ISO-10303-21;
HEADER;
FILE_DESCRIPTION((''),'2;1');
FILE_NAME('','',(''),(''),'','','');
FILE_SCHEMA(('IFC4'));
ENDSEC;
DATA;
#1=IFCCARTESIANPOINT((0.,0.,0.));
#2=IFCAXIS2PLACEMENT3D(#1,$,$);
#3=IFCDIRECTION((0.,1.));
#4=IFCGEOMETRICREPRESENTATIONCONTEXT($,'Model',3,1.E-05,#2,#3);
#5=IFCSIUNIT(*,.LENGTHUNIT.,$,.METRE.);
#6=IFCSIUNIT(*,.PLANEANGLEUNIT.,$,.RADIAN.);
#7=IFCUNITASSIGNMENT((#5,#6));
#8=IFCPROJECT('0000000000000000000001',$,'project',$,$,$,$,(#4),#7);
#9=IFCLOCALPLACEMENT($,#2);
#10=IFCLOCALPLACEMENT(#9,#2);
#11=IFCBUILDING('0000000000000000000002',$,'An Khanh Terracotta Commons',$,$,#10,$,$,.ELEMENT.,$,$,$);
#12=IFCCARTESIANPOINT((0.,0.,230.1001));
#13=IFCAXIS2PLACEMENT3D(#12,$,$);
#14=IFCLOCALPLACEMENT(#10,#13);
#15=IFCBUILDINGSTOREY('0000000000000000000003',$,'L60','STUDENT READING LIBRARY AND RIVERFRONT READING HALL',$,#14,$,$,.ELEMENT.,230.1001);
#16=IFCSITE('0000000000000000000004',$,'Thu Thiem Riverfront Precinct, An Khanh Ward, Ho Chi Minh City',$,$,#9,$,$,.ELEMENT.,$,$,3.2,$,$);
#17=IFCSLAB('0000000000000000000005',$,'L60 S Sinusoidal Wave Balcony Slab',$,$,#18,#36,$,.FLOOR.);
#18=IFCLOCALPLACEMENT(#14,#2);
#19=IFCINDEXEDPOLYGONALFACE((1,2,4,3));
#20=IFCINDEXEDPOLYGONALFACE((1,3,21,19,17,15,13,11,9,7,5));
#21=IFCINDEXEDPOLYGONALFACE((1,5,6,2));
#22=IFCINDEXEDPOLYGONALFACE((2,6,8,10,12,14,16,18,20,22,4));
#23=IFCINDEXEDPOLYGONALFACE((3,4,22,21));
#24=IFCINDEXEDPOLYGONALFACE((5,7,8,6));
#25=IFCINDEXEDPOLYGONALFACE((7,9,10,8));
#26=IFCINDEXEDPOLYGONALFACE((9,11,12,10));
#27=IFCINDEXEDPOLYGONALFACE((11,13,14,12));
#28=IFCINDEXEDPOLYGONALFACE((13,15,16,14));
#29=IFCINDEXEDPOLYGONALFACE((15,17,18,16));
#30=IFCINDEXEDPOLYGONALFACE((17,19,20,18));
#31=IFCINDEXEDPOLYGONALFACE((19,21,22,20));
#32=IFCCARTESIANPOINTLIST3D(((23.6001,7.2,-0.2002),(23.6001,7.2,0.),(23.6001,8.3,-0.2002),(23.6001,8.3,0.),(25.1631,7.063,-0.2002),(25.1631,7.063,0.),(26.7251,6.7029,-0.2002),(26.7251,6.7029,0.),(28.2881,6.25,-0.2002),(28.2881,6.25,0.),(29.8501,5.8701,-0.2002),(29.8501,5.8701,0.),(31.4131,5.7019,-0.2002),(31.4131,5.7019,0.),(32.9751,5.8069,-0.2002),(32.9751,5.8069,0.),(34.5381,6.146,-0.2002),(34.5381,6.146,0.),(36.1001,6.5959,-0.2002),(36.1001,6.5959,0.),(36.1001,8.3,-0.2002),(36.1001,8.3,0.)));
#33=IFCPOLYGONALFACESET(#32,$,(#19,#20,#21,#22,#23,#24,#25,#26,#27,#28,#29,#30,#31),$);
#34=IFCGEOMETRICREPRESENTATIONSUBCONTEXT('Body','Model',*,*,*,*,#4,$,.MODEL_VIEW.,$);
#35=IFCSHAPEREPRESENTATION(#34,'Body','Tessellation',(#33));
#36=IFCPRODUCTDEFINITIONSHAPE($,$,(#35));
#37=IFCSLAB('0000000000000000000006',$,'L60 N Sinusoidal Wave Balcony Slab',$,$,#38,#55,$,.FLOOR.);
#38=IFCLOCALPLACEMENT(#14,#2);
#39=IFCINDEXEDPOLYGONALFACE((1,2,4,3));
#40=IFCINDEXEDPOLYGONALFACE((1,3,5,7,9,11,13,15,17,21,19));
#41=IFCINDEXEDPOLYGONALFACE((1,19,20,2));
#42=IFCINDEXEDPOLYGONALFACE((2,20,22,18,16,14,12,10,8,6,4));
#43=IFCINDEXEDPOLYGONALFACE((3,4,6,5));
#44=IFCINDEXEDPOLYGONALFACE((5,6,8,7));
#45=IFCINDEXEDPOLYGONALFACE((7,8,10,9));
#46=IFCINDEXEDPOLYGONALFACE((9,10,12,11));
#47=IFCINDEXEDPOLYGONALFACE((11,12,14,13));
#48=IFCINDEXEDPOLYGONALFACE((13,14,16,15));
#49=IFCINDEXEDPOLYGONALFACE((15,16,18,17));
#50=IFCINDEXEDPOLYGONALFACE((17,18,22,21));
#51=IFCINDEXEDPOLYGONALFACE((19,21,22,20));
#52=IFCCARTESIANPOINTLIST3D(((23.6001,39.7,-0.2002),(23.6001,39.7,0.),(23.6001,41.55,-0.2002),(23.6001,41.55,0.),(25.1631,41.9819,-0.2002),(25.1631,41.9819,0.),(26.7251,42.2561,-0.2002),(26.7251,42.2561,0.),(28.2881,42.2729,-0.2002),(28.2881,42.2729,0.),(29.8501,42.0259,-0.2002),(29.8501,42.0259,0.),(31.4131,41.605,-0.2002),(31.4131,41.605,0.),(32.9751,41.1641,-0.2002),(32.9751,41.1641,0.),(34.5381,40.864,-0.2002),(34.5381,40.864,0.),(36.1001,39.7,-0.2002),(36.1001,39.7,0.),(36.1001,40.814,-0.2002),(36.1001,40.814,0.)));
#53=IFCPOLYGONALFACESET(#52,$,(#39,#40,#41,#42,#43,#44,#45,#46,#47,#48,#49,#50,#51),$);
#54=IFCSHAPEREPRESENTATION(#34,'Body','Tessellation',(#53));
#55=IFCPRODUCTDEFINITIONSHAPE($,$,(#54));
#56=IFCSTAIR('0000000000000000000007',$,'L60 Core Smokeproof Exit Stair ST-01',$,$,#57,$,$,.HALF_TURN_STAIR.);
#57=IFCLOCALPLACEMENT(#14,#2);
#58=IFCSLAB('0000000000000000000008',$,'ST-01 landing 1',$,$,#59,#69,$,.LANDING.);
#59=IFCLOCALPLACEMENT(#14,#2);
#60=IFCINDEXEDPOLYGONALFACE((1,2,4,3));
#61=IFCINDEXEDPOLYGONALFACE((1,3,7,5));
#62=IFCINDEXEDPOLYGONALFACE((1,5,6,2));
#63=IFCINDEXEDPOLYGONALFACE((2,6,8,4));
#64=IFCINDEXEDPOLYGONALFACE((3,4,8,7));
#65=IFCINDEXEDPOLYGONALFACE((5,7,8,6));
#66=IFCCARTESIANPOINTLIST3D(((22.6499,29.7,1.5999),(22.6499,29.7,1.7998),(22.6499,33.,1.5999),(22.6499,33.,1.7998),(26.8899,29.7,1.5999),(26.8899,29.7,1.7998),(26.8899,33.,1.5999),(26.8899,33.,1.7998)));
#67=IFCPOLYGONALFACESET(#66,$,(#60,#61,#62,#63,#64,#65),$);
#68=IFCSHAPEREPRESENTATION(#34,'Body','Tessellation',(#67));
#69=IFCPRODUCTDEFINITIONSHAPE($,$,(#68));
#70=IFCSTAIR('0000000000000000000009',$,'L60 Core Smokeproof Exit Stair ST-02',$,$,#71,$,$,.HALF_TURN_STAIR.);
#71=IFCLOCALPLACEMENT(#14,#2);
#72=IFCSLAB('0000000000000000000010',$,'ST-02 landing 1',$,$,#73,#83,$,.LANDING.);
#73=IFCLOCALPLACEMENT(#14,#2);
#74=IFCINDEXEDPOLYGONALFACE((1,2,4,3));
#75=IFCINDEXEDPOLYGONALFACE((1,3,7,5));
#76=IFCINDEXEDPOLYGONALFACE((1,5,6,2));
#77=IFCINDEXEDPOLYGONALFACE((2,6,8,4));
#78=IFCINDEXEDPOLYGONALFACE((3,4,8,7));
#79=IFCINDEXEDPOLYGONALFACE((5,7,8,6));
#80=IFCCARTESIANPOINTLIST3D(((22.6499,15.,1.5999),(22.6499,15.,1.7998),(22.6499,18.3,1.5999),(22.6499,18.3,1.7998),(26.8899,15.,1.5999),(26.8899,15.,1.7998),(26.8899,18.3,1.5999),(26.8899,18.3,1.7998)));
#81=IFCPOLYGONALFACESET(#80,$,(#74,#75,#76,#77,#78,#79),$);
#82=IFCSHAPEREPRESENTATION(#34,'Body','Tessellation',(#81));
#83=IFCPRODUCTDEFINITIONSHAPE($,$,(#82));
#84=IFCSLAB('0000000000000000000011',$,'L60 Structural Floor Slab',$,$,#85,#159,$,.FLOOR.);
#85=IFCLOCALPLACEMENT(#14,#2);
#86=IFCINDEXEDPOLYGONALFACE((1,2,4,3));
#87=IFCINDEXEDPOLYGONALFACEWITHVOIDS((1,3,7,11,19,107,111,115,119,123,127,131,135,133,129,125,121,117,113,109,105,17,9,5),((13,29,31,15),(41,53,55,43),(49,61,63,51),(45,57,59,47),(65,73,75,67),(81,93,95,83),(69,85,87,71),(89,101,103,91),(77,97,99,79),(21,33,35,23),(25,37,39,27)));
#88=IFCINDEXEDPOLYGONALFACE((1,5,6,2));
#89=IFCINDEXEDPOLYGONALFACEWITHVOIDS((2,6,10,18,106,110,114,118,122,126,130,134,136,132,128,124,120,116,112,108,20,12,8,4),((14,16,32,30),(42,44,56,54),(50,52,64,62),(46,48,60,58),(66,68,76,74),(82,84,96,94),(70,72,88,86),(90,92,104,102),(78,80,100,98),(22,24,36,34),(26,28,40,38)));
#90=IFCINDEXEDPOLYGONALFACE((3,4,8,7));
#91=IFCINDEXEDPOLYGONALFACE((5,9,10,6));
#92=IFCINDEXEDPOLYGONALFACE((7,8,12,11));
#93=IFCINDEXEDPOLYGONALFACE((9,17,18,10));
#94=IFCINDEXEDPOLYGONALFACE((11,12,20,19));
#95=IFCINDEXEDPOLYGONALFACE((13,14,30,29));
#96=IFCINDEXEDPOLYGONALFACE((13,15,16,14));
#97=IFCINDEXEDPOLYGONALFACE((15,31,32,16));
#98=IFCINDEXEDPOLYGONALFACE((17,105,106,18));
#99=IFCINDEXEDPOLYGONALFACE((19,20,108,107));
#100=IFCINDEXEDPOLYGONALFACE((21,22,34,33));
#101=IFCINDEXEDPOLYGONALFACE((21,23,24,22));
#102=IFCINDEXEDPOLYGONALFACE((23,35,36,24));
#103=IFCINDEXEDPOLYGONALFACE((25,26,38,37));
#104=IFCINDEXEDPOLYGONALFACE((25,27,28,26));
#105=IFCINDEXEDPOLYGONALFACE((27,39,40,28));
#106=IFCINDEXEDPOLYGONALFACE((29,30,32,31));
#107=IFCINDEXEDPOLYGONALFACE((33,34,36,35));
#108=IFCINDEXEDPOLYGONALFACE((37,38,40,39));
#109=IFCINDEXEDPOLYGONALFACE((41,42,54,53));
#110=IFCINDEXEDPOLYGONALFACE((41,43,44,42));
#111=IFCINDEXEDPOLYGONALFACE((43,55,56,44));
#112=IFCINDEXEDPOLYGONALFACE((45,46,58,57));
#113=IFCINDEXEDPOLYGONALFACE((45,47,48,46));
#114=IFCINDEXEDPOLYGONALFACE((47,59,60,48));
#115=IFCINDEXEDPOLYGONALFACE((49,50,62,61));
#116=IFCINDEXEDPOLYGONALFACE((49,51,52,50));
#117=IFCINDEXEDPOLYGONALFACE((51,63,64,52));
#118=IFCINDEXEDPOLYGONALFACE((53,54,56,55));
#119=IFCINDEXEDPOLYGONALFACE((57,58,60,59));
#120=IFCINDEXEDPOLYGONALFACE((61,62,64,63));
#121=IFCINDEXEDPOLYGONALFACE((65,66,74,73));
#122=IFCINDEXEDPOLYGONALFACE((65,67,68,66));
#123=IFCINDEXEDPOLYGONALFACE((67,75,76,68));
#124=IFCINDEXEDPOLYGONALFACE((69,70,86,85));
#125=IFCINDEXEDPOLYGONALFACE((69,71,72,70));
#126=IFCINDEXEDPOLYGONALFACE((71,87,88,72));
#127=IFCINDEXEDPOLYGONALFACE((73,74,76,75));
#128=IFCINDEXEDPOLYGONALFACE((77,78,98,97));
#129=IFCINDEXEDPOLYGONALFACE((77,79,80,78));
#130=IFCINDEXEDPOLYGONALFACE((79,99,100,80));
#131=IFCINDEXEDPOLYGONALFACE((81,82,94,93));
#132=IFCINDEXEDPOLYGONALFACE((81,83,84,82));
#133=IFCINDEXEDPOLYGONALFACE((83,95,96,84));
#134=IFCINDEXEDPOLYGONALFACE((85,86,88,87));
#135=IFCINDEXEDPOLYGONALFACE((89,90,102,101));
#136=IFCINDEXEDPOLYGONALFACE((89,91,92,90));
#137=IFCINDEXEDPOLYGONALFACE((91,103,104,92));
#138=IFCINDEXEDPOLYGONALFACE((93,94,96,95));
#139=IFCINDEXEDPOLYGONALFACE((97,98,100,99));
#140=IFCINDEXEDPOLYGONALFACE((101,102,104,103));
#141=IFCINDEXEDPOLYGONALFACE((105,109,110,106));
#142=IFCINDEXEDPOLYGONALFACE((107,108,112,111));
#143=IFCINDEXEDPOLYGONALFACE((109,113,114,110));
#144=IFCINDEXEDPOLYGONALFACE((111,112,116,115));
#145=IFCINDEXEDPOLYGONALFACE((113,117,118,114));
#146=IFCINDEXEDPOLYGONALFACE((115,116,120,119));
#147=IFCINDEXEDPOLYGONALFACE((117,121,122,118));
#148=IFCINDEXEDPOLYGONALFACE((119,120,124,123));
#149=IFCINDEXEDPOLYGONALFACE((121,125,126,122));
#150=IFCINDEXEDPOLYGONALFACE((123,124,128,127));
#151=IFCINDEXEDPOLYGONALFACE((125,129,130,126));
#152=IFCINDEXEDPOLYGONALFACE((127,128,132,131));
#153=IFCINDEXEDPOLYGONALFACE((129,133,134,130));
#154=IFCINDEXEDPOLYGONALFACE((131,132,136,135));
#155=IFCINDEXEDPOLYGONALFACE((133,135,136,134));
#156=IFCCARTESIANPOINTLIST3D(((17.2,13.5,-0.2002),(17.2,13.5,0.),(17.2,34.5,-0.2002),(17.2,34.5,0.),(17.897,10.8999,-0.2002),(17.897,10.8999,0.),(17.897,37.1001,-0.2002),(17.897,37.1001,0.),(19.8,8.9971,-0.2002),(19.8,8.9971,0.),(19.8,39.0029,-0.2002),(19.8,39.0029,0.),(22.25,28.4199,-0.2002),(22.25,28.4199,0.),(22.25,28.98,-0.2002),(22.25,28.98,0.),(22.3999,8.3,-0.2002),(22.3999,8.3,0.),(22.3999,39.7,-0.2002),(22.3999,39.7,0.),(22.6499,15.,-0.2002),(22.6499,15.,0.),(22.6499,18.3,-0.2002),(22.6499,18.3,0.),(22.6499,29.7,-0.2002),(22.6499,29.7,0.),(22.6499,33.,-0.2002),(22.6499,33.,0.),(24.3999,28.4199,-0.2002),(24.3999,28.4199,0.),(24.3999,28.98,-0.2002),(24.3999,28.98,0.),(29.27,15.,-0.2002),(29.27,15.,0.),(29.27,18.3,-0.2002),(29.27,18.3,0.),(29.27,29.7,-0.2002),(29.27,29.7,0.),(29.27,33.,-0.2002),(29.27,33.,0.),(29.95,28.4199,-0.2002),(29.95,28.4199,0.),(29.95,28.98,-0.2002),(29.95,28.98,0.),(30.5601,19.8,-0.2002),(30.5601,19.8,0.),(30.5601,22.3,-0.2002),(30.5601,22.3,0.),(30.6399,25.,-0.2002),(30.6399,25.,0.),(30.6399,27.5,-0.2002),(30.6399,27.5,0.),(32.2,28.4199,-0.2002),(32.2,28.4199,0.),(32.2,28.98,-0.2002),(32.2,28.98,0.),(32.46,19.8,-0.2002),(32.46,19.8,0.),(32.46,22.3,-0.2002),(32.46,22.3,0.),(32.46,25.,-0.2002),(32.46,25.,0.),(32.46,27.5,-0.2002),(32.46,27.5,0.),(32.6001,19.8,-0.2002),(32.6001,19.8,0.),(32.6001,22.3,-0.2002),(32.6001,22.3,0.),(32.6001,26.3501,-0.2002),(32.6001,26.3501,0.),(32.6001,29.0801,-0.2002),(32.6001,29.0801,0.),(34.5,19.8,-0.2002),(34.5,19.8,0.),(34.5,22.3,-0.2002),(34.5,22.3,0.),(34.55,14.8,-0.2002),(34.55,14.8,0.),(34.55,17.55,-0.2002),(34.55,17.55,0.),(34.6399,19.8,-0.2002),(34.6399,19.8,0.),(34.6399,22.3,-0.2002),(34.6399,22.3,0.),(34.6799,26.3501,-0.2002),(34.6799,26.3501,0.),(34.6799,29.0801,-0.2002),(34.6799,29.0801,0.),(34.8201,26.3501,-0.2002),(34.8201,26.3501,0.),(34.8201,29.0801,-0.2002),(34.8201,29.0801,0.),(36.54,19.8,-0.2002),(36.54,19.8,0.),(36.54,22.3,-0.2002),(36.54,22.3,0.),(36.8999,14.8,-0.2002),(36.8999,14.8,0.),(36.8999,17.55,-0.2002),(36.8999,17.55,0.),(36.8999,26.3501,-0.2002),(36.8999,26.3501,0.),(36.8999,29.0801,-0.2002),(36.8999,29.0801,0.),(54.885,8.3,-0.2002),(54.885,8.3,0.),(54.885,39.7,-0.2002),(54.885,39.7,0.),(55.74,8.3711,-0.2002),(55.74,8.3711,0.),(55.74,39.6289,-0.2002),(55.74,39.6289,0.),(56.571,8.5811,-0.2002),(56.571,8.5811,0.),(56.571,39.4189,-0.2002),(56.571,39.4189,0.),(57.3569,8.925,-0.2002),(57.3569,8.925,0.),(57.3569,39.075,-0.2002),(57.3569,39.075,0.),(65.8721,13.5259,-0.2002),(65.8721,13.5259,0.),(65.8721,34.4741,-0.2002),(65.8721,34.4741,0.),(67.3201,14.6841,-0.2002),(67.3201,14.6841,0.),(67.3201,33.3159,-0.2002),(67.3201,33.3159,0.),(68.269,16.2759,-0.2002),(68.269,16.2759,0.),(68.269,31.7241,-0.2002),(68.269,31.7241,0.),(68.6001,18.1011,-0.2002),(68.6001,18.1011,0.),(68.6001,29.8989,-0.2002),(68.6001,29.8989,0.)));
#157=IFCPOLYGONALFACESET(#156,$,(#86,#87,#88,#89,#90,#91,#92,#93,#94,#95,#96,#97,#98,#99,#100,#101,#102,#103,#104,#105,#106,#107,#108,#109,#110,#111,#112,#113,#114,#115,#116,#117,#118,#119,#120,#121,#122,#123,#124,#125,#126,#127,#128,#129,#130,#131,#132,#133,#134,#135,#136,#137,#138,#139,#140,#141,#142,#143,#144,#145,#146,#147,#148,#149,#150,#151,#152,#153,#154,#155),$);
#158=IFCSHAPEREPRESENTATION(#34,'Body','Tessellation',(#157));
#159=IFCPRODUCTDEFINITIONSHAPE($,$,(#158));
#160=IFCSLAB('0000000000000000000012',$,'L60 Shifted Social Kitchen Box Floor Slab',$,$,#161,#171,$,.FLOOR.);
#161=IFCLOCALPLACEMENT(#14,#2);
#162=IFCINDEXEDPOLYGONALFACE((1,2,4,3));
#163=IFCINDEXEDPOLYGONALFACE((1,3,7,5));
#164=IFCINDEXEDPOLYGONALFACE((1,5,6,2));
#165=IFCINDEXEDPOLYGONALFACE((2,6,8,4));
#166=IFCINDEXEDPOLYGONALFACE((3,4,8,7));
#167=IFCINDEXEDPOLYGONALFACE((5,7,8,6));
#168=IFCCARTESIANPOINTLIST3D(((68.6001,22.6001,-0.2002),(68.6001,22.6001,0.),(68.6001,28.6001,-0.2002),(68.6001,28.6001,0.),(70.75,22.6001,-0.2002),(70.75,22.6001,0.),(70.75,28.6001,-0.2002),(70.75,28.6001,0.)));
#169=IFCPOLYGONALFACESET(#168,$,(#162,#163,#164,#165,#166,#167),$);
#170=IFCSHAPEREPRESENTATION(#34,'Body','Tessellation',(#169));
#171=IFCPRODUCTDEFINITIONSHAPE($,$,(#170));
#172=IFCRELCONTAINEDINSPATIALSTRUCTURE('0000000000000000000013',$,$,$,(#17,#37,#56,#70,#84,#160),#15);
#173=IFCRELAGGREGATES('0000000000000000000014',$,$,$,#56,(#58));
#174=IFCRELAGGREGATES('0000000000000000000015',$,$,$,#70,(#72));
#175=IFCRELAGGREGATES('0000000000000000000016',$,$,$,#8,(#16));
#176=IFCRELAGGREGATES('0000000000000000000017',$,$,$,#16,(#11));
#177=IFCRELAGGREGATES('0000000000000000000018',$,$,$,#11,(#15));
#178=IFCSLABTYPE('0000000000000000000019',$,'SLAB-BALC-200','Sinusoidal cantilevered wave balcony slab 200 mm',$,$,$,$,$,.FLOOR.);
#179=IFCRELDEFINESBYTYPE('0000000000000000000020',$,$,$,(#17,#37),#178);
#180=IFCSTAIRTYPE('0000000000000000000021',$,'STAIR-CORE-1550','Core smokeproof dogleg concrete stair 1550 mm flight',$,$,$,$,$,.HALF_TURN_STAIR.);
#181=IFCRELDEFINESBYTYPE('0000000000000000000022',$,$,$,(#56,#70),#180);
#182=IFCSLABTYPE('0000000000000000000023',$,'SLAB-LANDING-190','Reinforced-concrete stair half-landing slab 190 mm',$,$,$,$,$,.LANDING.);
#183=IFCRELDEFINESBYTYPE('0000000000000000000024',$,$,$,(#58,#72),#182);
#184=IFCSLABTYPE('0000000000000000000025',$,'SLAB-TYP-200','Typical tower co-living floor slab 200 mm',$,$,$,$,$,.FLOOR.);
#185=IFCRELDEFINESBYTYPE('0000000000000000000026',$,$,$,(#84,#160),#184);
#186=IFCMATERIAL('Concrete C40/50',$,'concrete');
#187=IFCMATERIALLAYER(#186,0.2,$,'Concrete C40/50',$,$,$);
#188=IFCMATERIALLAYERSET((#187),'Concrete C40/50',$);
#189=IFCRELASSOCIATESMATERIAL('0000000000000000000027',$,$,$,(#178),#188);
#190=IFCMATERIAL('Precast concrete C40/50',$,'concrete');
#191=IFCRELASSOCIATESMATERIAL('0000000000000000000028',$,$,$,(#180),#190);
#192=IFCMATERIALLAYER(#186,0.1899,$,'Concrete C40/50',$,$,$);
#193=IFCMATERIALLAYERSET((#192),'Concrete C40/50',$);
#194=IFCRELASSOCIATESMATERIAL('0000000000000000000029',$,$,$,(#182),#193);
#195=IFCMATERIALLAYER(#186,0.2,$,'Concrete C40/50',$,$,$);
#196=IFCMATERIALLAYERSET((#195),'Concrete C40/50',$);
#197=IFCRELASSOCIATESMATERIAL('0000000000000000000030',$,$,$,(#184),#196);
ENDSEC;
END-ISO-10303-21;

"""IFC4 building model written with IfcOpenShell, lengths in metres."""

from ifc_helpers import new_model, si_unit, direction, frame, origin, place, context, subcontext, project, spatial, polyline, outline, extrude, material, layer, layer_set, type_object, element, aggregate, save


model = new_model("IFC4")

# Units and contexts
model_context = context("Model", 3, precision=1e-05, world=origin(), true_north=direction((0.0, 1.0)))
body_context = subcontext(model_context, "Body", "Model", "MODEL_VIEW")
ifc_project = project(units=[si_unit("LENGTHUNIT", "METRE"), si_unit("PLANEANGLEUNIT", "RADIAN")], contexts=[model_context])

# Site, building, storey
site_placement = place(None, origin())
site = spatial("IfcSite", under=ifc_project, at=site_placement, Name="Thu Thiem Riverfront Precinct, An Khanh Ward, Ho Chi Minh City", CompositionType="ELEMENT", RefElevation=3.2)
building_placement = place(site_placement, origin())
building = spatial("IfcBuilding", under=site, at=building_placement, Name="An Khanh Terracotta Commons", CompositionType="ELEMENT")
storey_placement = place(building_placement, frame((0.0, 0.0, 230.1001)))
storey = spatial("IfcBuildingStorey", under=building, at=storey_placement, Name="L60", Description="STUDENT READING LIBRARY AND RIVERFRONT READING HALL", CompositionType="ELEMENT", Elevation=230.1001)

# Slabs
ifc_material_1 = material(Name="Concrete C40/50", Category="concrete")
ifc_layer_1 = layer(ifc_material_1, 0.2, Name="Concrete C40/50")
ifc_layer_set_1 = layer_set([ifc_layer_1], Name="Concrete C40/50")
slab_type_1 = type_object("IfcSlabType", Name="SLAB-BALC-200", Description="Sinusoidal cantilevered wave balcony slab 200 mm", PredefinedType="FLOOR", material=ifc_layer_set_1)
slab_1_placement = place(storey_placement, frame((0.0, 0.0, -0.2002)))
element("IfcSlab", 1, at=slab_1_placement, inside=storey, type_object=slab_type_1, Name="L60 S Sinusoidal Wave Balcony Slab", PredefinedType="FLOOR", context=body_context, shape_type="SweptSolid", body=[
    extrude(outline(polyline([(23.6001, 8.3), (23.6001, 7.2), (25.1631, 7.063), (26.7251, 6.7029), (28.2881, 6.25), (29.8501, 5.8701), (31.4131, 5.7019), (32.9751, 5.8069), (34.5381, 6.146), (36.1001, 6.5959), (36.1001, 8.3), (23.6001, 8.3)])), origin(), (0.0, 0.0, 1.0), 0.2002),
])
slab_2_placement = place(storey_placement, frame((0.0, 0.0, -0.2002)))
element("IfcSlab", 2, at=slab_2_placement, inside=storey, type_object=slab_type_1, Name="L60 N Sinusoidal Wave Balcony Slab", PredefinedType="FLOOR", context=body_context, shape_type="SweptSolid", body=[
    extrude(outline(polyline([(36.1001, 39.7), (36.1001, 40.814), (34.5381, 40.864), (32.9751, 41.1641), (31.4131, 41.605), (29.8501, 42.0259), (28.2881, 42.2729), (26.7251, 42.2561), (25.1631, 41.9819), (23.6001, 41.55), (23.6001, 39.7), (36.1001, 39.7)])), origin(), (0.0, 0.0, 1.0), 0.2002),
])

# Stairs, slabs
ifc_material_2 = material(Name="Precast concrete C40/50", Category="concrete")
stair_type = type_object("IfcStairType", Name="STAIR-CORE-1550", Description="Core smokeproof dogleg concrete stair 1550 mm flight", PredefinedType="HALF_TURN_STAIR", material=ifc_material_2)
stair_1_placement = place(storey_placement, origin())
stair_1 = element("IfcStair", 3, at=stair_1_placement, inside=storey, type_object=stair_type, Name="L60 Core Smokeproof Exit Stair ST-01", PredefinedType="HALF_TURN_STAIR")
ifc_layer_2 = layer(ifc_material_1, 0.1899, Name="Concrete C40/50")
ifc_layer_set_2 = layer_set([ifc_layer_2], Name="Concrete C40/50")
slab_type_2 = type_object("IfcSlabType", Name="SLAB-LANDING-190", Description="Reinforced-concrete stair half-landing slab 190 mm", PredefinedType="LANDING", material=ifc_layer_set_2)
slab_3_placement = place(storey_placement, frame((0.0, 0.0, 1.5999)))
slab_3 = element("IfcSlab", 4, at=slab_3_placement, type_object=slab_type_2, Name="ST-01 landing 1", PredefinedType="LANDING", context=body_context, shape_type="SweptSolid", body=[
    extrude(outline(polyline([(26.8899, 33.0), (22.6499, 33.0), (22.6499, 29.7), (26.8899, 29.7), (26.8899, 33.0)])), origin(), (0.0, 0.0, 1.0), 0.2),
])
aggregate(stair_1, [slab_3])
stair_2_placement = place(storey_placement, origin())
stair_2 = element("IfcStair", 5, at=stair_2_placement, inside=storey, type_object=stair_type, Name="L60 Core Smokeproof Exit Stair ST-02", PredefinedType="HALF_TURN_STAIR")
slab_4_placement = place(storey_placement, frame((0.0, 0.0, 1.5999)))
slab_4 = element("IfcSlab", 6, at=slab_4_placement, type_object=slab_type_2, Name="ST-02 landing 1", PredefinedType="LANDING", context=body_context, shape_type="SweptSolid", body=[
    extrude(outline(polyline([(26.8899, 18.3), (22.6499, 18.3), (22.6499, 15.0), (26.8899, 15.0), (26.8899, 18.3)])), origin(), (0.0, 0.0, 1.0), 0.2),
])
aggregate(stair_2, [slab_4])

# Slabs
ifc_layer_3 = layer(ifc_material_1, 0.2, Name="Concrete C40/50")
ifc_layer_set_3 = layer_set([ifc_layer_3], Name="Concrete C40/50")
slab_type_3 = type_object("IfcSlabType", Name="SLAB-TYP-200", Description="Typical tower co-living floor slab 200 mm", PredefinedType="FLOOR", material=ifc_layer_set_3)
slab_5_placement = place(storey_placement, frame((0.0, 0.0, -0.2002)))
element("IfcSlab", 7, at=slab_5_placement, inside=storey, type_object=slab_type_3, Name="L60 Structural Floor Slab", PredefinedType="FLOOR", context=body_context, shape_type="SweptSolid", body=[
    extrude(outline(polyline([(17.2, 13.5), (17.897, 10.8999), (19.8, 8.9971), (22.3999, 8.3), (54.885, 8.3), (55.74, 8.3711), (56.571, 8.5811), (57.3569, 8.925), (65.8721, 13.5259), (67.3201, 14.6841), (68.269, 16.2759), (68.6001, 18.1011), (68.6001, 29.8989), (68.269, 31.7241), (67.3201, 33.3159), (65.8721, 34.4741), (57.3569, 39.075), (56.571, 39.4189), (55.74, 39.6289), (54.885, 39.7), (22.3999, 39.7), (19.8, 39.0029), (17.897, 37.1001), (17.2, 34.5), (17.2, 13.5)]), holes=[polyline([(22.6499, 29.7), (29.27, 29.7), (29.27, 33.0), (22.6499, 33.0), (22.6499, 29.7)]), polyline([(22.6499, 15.0), (29.27, 15.0), (29.27, 18.3), (22.6499, 18.3), (22.6499, 15.0)]), polyline([(32.6001, 26.3501), (34.6799, 26.3501), (34.6799, 29.0801), (32.6001, 29.0801), (32.6001, 26.3501)]), polyline([(34.8201, 26.3501), (36.8999, 26.3501), (36.8999, 29.0801), (34.8201, 29.0801), (34.8201, 26.3501)]), polyline([(34.55, 14.8), (36.8999, 14.8), (36.8999, 17.55), (34.55, 17.55), (34.55, 14.8)]), polyline([(30.6399, 25.0), (32.46, 25.0), (32.46, 27.5), (30.6399, 27.5), (30.6399, 25.0)]), polyline([(30.5601, 19.8), (32.46, 19.8), (32.46, 22.3), (30.5601, 22.3), (30.5601, 19.8)]), polyline([(32.6001, 19.8), (34.5, 19.8), (34.5, 22.3), (32.6001, 22.3), (32.6001, 19.8)]), polyline([(34.6399, 19.8), (36.54, 19.8), (36.54, 22.3), (34.6399, 22.3), (34.6399, 19.8)]), polyline([(22.25, 28.4199), (24.3999, 28.4199), (24.3999, 28.98), (22.25, 28.98), (22.25, 28.4199)]), polyline([(29.95, 28.4199), (32.2, 28.4199), (32.2, 28.98), (29.95, 28.98), (29.95, 28.4199)])]), origin(), (0.0, 0.0, 1.0), 0.2002),
])
slab_6_placement = place(storey_placement, frame((0.0, 0.0, -0.2002)))
element("IfcSlab", 8, at=slab_6_placement, inside=storey, type_object=slab_type_3, Name="L60 Shifted Social Kitchen Box Floor Slab", PredefinedType="FLOOR", context=body_context, shape_type="SweptSolid", body=[
    extrude(outline(polyline([(68.6001, 22.6001), (70.75, 22.6001), (70.75, 28.6001), (68.6001, 28.6001), (68.6001, 22.6001)])), origin(), (0.0, 0.0, 1.0), 0.2002),
])

save(model, "model.ifc")
